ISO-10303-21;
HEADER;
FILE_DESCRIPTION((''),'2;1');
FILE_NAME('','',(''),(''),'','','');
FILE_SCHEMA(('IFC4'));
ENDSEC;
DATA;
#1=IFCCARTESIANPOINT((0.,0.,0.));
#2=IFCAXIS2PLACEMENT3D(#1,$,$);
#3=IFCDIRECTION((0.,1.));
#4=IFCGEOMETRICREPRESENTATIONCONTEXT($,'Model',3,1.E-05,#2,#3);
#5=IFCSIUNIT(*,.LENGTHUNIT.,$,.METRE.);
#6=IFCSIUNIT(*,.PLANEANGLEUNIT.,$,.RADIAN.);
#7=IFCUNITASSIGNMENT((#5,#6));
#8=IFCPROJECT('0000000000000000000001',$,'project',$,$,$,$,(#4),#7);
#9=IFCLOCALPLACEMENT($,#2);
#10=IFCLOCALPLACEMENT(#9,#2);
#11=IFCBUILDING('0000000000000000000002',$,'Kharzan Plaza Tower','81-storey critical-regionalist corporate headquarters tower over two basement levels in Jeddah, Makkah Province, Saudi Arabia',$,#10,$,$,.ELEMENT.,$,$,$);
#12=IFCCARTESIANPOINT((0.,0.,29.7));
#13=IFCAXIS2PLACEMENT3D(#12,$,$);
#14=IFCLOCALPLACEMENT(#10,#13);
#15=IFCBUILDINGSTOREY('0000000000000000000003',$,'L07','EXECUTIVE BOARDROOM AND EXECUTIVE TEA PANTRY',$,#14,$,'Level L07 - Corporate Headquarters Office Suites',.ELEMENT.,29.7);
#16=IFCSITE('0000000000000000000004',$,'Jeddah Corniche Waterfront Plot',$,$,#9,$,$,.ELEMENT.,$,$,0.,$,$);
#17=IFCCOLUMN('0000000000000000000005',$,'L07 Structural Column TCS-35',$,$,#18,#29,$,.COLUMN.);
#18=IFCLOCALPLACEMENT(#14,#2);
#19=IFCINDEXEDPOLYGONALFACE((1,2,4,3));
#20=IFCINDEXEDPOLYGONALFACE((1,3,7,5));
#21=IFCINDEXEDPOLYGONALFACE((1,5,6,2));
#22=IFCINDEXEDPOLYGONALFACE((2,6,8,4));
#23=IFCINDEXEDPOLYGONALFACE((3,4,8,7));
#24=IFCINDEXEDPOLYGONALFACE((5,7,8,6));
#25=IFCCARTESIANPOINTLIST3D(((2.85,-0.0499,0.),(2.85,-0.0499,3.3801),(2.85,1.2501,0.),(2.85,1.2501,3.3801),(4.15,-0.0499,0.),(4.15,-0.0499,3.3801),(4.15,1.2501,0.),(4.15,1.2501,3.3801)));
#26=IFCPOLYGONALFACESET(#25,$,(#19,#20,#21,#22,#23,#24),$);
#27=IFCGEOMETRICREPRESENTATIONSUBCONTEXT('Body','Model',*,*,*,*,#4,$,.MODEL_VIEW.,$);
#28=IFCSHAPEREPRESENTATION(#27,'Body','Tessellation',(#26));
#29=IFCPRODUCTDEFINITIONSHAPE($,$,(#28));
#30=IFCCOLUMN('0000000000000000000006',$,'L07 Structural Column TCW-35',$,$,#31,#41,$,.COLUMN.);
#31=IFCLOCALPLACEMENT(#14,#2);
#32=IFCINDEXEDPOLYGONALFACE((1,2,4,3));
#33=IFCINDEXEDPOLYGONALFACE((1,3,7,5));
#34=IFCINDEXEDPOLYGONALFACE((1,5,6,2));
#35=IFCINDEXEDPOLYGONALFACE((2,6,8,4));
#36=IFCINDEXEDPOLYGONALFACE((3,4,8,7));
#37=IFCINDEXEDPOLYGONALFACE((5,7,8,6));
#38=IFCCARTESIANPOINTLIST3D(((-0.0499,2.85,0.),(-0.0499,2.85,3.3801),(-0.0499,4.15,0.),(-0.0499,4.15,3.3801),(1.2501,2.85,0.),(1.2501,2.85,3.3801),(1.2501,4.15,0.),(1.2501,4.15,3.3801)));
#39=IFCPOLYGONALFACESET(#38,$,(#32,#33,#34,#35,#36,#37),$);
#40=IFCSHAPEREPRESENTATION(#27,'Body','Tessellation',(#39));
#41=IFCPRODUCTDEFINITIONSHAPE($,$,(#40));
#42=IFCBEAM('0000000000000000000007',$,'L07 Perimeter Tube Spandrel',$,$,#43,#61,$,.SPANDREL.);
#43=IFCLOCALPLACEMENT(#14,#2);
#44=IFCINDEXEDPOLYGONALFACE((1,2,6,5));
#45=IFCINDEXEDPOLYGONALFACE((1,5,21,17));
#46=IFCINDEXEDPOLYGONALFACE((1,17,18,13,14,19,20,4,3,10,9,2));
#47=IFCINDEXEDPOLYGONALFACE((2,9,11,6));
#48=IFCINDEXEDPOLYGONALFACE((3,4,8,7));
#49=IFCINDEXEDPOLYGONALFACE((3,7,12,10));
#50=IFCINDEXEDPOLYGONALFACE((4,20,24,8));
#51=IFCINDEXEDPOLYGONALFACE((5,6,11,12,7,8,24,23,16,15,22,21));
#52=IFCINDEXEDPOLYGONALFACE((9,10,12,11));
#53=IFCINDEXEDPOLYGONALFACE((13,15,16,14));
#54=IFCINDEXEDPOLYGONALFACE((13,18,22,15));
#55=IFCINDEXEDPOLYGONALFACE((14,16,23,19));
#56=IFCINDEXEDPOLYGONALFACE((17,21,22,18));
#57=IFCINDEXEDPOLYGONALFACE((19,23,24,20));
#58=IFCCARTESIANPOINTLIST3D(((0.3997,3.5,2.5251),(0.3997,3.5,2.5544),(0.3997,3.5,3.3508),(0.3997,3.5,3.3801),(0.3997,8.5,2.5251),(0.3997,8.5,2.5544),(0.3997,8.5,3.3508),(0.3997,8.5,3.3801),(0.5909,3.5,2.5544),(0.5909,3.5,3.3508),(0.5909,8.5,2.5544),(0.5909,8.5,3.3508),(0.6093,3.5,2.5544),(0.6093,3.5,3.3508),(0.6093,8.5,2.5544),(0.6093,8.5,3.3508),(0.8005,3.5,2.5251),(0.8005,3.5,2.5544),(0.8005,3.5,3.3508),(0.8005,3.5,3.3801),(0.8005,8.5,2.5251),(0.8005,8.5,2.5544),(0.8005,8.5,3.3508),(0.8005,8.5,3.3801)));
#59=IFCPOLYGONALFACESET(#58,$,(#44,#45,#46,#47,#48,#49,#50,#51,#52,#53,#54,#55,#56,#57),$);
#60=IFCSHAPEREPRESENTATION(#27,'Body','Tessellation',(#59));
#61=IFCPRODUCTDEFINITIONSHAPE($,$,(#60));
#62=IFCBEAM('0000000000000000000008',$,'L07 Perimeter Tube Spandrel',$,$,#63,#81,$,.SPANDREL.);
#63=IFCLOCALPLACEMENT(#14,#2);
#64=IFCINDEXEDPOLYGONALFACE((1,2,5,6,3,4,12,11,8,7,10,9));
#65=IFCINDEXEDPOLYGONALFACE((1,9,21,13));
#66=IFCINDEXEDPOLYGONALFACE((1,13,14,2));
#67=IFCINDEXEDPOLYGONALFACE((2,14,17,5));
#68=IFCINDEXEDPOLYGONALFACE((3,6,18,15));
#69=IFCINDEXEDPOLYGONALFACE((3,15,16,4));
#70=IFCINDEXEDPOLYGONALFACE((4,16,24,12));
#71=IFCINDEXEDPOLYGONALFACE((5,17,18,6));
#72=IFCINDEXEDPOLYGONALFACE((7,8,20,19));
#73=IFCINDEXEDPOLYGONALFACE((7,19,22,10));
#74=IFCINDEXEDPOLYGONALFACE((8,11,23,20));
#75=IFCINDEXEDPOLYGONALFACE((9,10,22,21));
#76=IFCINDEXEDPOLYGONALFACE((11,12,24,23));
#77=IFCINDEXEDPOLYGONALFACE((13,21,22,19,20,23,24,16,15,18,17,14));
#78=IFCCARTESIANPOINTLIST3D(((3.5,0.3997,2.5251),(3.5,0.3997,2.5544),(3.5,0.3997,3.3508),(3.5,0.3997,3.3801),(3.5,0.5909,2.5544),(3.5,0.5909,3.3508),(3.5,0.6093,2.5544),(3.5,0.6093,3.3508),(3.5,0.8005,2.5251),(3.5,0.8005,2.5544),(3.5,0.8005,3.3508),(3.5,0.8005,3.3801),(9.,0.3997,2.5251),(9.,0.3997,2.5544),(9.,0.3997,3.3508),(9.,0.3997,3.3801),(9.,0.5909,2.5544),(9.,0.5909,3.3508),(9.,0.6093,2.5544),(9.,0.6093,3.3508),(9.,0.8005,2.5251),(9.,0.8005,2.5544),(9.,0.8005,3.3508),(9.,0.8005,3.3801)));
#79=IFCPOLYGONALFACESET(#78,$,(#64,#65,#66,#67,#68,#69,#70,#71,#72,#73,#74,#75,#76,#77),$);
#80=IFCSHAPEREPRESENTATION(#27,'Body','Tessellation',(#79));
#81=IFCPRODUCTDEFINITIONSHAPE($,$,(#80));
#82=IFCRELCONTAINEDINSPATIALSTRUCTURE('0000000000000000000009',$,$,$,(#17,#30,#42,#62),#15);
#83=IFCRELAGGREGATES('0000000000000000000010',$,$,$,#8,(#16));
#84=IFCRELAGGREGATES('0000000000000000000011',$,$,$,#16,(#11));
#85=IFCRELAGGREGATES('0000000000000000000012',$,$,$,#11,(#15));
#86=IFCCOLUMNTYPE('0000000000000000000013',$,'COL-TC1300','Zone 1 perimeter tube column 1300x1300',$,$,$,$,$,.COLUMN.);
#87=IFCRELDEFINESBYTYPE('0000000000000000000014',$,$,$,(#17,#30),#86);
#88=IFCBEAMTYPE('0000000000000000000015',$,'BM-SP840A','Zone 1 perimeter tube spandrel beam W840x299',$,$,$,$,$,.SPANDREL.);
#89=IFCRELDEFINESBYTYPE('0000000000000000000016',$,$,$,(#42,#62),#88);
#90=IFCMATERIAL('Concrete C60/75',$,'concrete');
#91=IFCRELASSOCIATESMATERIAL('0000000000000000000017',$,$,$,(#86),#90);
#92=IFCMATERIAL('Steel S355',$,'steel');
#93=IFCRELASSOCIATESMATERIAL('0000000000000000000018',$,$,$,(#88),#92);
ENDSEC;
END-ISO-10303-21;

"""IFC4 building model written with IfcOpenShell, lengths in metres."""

from ifc_helpers import new_model, si_unit, direction, frame, origin, origin_2d, place, context, subcontext, project, spatial, rectangle, i_section, extrude, source, transform, mapped, material, material_profile, profile_set, type_object, element, save


model = new_model("IFC4")

# Units and contexts
model_context = context("Model", 3, precision=1e-05, world=origin(), true_north=direction((0.0, 1.0)))
body_context = subcontext(model_context, "Body", "Model", "MODEL_VIEW")
ifc_project = project(units=[si_unit("LENGTHUNIT", "METRE"), si_unit("PLANEANGLEUNIT", "RADIAN")], contexts=[model_context])

# Site, building, storey
site_placement = place(None, origin())
site = spatial("IfcSite", under=ifc_project, at=site_placement, Name="Jeddah Corniche Waterfront Plot", CompositionType="ELEMENT", RefElevation=0.0)
building_placement = place(site_placement, origin())
building = spatial("IfcBuilding", under=site, at=building_placement, Name="Kharzan Plaza Tower", Description="81-storey critical-regionalist corporate headquarters tower over two basement levels in Jeddah, Makkah Province, Saudi Arabia", CompositionType="ELEMENT")
storey_placement = place(building_placement, frame((0.0, 0.0, 29.7)))
storey = spatial("IfcBuildingStorey", under=building, at=storey_placement, Name="L07", Description="EXECUTIVE BOARDROOM AND EXECUTIVE TEA PANTRY", LongName="Level L07 - Corporate Headquarters Office Suites", CompositionType="ELEMENT", Elevation=29.7)

# Columns
ifc_material_1 = material(Name="Concrete C60/75", Category="concrete")
ifc_material_profile_1 = material_profile(ifc_material_1, rectangle(XDim=1.3, YDim=1.3, at=origin_2d()), Name="RC-TC1300x1300")
ifc_profile_set_1 = profile_set([ifc_material_profile_1], Name="Concrete C60/75")
column_type = type_object("IfcColumnType", Name="COL-TC1300", Description="Zone 1 perimeter tube column 1300x1300", PredefinedType="COLUMN", material=ifc_profile_set_1)
shared_shape_1 = source(origin(), body_context, "Body", "SweptSolid", [
    extrude(rectangle(XDim=1.3, YDim=1.3, at=origin_2d()), origin(), (0.0, 0.0, 1.0), 3.3801),
])
for number, where, z_axis, x_axis, name in (
    (1, (3.5, 0.6001, 0.0), (0.0, 0.0, 1.0), (1.0, 0.0, 0.0), "L07 Structural Column TCS-35"),
    (2, (0.6001, 3.5, 0.0), (0.0, 0.0, 1.0), (1.0, 0.0, 0.0), "L07 Structural Column TCW-35"),
):
    element("IfcColumn", number, at=place(storey_placement, frame(where, z_axis=z_axis, x_axis=x_axis)), inside=storey, type_object=column_type, Name=name, PredefinedType="COLUMN", context=body_context, shape_type="MappedRepresentation", body=[
        mapped(shared_shape_1, transform((0.0, 0.0, 0.0), x_axis=(1.0, 0.0, 0.0), y_axis=(0.0, 1.0, 0.0), z_axis=(0.0, 0.0, 1.0))),
    ])

# Beams
ifc_material_2 = material(Name="Steel S355", Category="steel")
ifc_material_profile_2 = material_profile(ifc_material_2, i_section(OverallWidth=0.4009, OverallDepth=0.855, WebThickness=0.0183, FlangeThickness=0.0293, at=origin_2d()), Name="W840x299")
ifc_profile_set_2 = profile_set([ifc_material_profile_2], Name="Steel S355")
beam_type = type_object("IfcBeamType", Name="BM-SP840A", Description="Zone 1 perimeter tube spandrel beam W840x299", PredefinedType="SPANDREL", material=ifc_profile_set_2)
shared_shape_2 = source(origin(), body_context, "Body", "SweptSolid", [
    extrude(i_section(OverallWidth=0.4009, OverallDepth=0.855, WebThickness=0.0183, FlangeThickness=0.0293, at=origin_2d()), origin(), (0.0, 0.0, 1.0), 5.0),
])
beam_1_placement = place(storey_placement, frame((0.6001, 3.5, 2.9526), z_axis=(0.0, 1.0, 0.0), x_axis=(-1.0, 0.0, 0.0)))
element("IfcBeam", 3, at=beam_1_placement, inside=storey, type_object=beam_type, Name="L07 Perimeter Tube Spandrel", PredefinedType="SPANDREL", context=body_context, shape_type="MappedRepresentation", body=[
    mapped(shared_shape_2, transform((0.0, 0.0, 0.0), x_axis=(1.0, 0.0, 0.0), y_axis=(0.0, 1.0, 0.0), z_axis=(0.0, 0.0, 1.0))),
])
shared_shape_3 = source(origin(), body_context, "Body", "SweptSolid", [
    extrude(i_section(OverallWidth=0.4009, OverallDepth=0.855, WebThickness=0.0183, FlangeThickness=0.0293, at=origin_2d()), origin(), (0.0, 0.0, 1.0), 5.5),
])
beam_2_placement = place(storey_placement, frame((3.5, 0.6001, 2.9526), z_axis=(1.0, 0.0, 0.0), x_axis=(0.0, 1.0, 0.0)))
element("IfcBeam", 4, at=beam_2_placement, inside=storey, type_object=beam_type, Name="L07 Perimeter Tube Spandrel", PredefinedType="SPANDREL", context=body_context, shape_type="MappedRepresentation", body=[
    mapped(shared_shape_3, transform((0.0, 0.0, 0.0), x_axis=(1.0, 0.0, 0.0), y_axis=(0.0, 1.0, 0.0), z_axis=(0.0, 0.0, 1.0))),
])

save(model, "model.ifc")
